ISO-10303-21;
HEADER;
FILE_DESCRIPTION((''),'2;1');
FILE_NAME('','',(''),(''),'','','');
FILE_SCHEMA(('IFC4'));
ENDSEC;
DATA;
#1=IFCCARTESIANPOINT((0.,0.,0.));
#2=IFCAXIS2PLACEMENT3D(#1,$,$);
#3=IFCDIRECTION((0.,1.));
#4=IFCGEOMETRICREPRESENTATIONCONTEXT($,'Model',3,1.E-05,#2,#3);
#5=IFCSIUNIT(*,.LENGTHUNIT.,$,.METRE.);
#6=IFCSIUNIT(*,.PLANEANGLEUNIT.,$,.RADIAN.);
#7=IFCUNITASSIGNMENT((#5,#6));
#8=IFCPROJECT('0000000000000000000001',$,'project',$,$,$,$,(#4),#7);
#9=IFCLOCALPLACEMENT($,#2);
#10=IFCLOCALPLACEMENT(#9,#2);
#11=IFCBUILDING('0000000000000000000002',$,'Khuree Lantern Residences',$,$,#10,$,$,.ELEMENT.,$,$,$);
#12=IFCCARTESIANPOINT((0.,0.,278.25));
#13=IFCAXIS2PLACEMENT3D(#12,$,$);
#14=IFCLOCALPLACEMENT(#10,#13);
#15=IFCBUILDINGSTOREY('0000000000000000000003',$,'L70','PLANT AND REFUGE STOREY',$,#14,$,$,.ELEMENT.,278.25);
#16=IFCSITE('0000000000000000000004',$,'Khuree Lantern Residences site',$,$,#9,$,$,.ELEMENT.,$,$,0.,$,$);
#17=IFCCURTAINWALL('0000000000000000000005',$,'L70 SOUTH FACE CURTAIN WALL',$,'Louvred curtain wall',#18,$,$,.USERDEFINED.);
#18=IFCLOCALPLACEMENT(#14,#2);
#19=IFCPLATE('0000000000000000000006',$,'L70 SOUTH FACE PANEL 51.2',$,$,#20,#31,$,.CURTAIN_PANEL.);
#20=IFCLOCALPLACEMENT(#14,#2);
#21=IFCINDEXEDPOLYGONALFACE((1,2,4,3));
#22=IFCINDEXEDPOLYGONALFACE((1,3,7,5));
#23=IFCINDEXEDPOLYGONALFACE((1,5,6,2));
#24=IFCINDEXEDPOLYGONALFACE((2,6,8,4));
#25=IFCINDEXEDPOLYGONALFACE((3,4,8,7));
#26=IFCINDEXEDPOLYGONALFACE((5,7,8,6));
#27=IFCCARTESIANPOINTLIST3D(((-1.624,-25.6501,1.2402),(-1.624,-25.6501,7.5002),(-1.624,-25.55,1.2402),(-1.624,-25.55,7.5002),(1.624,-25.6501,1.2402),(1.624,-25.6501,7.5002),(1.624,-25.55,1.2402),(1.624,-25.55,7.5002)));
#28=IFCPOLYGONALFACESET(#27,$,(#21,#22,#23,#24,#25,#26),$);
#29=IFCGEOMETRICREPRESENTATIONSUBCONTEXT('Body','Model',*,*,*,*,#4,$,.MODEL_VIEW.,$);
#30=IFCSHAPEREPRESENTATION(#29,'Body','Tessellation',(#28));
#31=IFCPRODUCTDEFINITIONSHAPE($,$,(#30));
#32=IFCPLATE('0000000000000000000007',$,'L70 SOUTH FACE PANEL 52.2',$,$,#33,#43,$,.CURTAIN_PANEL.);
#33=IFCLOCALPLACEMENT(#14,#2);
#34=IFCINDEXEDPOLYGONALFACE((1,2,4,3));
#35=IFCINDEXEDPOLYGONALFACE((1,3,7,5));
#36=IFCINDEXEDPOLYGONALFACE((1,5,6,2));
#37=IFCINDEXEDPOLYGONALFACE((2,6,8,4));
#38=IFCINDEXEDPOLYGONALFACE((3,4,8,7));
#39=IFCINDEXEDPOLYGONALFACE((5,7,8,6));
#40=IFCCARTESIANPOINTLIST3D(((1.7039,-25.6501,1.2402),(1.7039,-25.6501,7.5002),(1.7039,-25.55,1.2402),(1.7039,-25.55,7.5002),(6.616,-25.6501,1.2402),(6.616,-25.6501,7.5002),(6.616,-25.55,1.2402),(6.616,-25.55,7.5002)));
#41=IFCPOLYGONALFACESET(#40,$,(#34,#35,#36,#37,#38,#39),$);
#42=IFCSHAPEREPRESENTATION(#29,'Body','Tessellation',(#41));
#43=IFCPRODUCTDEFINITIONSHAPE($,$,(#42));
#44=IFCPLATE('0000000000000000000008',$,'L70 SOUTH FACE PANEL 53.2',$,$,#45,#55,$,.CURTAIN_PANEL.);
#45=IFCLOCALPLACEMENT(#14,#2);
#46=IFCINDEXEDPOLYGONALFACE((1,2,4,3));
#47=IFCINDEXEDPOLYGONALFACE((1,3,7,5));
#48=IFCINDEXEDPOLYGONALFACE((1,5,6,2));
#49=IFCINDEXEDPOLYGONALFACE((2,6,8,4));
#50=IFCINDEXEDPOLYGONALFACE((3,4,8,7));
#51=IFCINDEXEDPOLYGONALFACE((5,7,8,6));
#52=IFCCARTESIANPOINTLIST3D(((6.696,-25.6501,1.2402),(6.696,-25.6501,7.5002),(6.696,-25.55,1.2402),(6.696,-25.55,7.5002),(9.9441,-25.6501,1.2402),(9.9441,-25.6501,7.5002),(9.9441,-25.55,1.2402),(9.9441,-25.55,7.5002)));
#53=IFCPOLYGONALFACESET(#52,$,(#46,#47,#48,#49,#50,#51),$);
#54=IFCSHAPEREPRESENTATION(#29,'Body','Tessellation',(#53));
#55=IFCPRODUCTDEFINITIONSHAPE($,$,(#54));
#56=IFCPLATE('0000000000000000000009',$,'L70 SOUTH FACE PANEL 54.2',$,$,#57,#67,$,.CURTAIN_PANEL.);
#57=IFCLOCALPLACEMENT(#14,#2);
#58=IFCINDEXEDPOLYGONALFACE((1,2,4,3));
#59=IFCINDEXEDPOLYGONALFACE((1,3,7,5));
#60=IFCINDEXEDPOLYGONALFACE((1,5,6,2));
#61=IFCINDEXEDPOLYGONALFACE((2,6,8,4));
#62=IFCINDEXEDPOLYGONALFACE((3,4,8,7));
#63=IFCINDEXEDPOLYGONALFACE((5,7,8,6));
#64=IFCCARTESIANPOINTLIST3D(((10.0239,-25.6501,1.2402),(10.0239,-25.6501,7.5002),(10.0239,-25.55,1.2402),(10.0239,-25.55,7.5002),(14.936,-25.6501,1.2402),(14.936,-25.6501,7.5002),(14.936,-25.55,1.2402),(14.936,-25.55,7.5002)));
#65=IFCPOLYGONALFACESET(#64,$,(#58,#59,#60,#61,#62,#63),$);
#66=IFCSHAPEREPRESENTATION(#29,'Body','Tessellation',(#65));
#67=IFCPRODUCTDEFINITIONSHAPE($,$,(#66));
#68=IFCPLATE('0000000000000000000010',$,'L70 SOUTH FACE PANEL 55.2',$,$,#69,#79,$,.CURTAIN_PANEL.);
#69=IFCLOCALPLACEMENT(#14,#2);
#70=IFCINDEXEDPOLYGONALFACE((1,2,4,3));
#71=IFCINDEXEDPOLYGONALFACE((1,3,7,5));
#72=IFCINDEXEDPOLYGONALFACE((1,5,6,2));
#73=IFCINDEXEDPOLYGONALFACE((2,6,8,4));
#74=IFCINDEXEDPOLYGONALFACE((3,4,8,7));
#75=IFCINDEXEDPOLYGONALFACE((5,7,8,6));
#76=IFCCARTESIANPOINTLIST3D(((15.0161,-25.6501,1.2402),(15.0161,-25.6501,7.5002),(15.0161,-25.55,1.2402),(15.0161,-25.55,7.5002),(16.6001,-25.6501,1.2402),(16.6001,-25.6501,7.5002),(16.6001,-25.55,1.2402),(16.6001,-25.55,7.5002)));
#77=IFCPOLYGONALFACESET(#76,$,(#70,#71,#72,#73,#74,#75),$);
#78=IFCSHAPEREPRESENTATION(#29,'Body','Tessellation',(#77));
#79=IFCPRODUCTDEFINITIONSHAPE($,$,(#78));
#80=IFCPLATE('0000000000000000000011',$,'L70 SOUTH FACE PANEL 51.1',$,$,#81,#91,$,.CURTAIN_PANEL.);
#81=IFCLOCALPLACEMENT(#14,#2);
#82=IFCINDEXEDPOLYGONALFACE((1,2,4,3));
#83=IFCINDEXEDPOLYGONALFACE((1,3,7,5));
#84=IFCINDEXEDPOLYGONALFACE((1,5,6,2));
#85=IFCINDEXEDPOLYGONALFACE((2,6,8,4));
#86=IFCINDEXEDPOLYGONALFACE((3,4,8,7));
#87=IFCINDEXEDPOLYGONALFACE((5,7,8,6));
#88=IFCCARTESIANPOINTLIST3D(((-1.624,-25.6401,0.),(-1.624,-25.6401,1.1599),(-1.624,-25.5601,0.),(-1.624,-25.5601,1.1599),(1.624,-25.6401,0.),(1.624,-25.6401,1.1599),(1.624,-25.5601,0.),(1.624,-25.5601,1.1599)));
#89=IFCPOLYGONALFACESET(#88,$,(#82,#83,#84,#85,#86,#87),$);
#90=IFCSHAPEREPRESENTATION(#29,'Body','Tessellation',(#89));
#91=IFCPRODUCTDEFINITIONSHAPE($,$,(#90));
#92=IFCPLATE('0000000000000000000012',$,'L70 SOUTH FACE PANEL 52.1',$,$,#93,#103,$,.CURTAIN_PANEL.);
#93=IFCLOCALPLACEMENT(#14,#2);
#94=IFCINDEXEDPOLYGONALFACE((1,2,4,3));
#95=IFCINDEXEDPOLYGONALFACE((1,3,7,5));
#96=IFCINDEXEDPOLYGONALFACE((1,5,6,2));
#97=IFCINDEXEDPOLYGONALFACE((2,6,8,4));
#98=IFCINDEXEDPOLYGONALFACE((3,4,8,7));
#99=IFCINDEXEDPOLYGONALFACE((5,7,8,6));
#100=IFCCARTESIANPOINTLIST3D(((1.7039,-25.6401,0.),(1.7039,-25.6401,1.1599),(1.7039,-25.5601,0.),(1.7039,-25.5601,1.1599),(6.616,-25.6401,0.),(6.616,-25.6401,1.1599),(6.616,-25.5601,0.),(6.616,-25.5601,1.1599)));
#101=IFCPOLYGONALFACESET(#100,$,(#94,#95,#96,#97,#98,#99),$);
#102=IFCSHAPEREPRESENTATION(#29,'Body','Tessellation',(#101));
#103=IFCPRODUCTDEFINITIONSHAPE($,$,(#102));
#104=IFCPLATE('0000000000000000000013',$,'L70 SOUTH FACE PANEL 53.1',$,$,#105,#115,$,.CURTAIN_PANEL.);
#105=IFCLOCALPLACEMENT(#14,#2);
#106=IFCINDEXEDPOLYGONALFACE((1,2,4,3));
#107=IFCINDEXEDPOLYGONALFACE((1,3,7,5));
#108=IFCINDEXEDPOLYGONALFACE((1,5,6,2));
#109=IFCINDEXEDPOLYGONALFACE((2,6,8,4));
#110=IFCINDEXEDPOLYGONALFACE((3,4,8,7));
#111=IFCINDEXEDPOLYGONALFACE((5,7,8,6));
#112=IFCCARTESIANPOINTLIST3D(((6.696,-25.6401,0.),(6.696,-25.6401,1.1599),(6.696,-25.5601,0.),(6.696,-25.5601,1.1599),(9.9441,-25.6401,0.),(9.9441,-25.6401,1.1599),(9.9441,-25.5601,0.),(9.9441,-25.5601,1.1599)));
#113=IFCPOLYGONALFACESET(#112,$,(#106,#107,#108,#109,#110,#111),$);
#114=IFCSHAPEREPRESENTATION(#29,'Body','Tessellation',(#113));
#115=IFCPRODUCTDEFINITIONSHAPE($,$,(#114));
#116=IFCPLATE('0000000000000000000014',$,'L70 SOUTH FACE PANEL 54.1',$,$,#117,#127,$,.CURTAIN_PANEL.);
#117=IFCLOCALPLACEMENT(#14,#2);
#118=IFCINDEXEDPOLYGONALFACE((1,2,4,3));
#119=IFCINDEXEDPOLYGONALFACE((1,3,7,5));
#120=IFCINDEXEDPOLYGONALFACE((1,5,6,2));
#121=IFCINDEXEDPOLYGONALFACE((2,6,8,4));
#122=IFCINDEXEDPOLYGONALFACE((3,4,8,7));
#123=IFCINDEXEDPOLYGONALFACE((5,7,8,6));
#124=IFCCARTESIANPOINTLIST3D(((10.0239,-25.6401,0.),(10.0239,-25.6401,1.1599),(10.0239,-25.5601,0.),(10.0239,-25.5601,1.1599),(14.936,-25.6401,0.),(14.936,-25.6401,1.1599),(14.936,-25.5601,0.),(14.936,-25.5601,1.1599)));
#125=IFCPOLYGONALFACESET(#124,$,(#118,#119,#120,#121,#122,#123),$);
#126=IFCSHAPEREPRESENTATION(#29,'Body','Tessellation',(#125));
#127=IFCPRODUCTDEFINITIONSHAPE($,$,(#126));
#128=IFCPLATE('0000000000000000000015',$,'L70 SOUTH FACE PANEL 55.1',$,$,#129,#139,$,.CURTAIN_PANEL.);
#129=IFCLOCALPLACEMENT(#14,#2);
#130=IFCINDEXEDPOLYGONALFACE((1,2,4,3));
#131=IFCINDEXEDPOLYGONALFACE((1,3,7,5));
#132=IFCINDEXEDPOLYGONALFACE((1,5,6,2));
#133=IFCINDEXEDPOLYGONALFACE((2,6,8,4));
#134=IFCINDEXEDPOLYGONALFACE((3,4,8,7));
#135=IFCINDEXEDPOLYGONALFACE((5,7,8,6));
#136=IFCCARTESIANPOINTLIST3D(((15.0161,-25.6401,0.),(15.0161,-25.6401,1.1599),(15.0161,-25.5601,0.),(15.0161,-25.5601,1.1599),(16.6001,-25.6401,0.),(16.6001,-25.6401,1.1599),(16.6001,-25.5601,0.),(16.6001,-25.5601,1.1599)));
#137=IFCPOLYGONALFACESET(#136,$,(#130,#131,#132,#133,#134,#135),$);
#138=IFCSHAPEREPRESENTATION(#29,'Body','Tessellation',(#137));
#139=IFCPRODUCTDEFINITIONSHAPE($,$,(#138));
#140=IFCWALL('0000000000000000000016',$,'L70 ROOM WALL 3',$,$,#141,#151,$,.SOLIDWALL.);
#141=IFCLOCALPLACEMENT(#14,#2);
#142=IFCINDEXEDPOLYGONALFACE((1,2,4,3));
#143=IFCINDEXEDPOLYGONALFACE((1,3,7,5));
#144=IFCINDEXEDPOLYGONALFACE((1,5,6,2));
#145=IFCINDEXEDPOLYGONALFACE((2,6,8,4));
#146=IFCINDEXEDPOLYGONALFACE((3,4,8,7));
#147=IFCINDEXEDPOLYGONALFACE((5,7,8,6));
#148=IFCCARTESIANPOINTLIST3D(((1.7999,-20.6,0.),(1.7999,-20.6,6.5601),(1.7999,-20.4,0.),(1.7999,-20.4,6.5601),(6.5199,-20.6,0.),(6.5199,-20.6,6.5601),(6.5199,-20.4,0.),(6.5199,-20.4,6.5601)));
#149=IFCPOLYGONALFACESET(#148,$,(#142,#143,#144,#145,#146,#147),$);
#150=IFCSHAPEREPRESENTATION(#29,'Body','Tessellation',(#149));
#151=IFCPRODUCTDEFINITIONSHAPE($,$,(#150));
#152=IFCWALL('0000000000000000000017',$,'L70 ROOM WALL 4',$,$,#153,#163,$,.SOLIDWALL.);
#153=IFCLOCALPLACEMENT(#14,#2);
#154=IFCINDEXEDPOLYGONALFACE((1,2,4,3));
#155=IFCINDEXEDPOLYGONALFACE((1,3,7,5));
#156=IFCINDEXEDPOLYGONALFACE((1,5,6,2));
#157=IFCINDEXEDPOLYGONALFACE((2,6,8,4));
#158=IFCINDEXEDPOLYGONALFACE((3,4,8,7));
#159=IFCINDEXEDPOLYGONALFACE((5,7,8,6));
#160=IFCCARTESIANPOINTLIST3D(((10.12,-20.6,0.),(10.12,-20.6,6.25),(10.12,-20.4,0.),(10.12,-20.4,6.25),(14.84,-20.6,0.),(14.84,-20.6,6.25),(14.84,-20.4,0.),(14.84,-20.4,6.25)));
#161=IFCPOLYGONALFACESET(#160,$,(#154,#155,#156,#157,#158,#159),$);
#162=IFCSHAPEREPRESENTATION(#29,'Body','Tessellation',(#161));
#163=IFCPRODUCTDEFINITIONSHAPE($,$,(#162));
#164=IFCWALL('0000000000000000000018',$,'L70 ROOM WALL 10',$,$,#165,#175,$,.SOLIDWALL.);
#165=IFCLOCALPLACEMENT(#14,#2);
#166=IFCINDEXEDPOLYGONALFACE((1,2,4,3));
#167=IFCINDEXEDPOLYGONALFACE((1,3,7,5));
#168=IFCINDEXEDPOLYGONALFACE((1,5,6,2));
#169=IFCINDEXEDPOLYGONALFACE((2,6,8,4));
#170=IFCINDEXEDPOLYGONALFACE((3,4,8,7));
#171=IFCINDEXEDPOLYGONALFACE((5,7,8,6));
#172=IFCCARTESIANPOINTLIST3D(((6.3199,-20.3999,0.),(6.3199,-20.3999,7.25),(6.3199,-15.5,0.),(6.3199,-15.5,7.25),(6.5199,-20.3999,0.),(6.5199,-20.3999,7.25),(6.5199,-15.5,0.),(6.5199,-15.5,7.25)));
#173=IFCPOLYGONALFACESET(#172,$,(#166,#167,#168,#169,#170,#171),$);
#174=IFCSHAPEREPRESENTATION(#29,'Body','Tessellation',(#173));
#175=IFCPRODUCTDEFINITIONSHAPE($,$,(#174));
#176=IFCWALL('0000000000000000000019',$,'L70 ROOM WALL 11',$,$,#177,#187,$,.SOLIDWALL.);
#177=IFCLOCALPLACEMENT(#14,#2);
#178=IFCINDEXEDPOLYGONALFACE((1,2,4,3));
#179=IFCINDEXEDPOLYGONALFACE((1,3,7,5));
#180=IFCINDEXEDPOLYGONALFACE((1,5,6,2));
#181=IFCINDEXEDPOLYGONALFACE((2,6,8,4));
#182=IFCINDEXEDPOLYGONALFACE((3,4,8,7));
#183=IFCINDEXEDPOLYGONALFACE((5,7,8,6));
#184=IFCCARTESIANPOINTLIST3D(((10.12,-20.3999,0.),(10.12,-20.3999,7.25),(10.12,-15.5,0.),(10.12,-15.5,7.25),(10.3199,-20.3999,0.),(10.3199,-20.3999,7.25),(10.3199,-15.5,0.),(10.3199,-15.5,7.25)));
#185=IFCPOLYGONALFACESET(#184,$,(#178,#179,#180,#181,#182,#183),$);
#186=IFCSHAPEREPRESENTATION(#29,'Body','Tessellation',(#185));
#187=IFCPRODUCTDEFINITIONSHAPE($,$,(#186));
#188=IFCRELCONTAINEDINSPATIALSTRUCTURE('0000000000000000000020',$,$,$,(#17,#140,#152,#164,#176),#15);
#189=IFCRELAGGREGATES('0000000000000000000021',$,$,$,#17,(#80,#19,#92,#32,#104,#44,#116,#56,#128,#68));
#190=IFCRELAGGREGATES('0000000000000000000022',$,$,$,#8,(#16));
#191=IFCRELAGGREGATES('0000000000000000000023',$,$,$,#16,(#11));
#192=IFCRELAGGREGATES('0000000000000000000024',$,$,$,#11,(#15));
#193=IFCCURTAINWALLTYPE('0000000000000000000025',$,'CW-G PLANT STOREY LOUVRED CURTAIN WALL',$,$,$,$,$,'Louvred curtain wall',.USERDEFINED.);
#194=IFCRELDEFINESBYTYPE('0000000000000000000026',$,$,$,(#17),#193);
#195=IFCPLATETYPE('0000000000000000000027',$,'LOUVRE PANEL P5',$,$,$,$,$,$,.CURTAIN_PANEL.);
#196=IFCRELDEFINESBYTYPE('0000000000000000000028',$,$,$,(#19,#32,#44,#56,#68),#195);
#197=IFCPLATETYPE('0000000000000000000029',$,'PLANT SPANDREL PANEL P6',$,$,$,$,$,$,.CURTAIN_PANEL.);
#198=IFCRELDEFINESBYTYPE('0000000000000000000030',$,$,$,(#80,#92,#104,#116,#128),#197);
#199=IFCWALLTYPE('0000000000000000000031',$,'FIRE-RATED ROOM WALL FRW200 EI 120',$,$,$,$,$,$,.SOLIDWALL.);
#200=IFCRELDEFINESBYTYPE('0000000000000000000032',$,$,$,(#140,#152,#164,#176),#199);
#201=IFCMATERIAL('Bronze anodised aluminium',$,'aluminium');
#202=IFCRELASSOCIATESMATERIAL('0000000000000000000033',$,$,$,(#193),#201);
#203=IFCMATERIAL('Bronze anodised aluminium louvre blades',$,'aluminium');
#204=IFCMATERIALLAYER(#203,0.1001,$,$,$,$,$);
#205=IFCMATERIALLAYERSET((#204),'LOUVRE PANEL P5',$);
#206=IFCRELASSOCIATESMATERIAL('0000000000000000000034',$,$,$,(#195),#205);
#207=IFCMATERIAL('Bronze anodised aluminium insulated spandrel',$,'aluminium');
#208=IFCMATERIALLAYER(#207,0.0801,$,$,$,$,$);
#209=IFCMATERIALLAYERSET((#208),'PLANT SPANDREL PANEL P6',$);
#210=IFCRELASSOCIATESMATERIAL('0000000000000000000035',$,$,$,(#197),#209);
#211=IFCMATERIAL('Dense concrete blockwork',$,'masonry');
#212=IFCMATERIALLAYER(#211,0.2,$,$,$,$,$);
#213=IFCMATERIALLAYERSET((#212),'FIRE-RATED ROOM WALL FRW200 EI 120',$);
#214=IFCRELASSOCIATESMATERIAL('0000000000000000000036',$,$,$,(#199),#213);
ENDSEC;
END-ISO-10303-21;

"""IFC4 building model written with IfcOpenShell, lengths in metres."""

from ifc_helpers import new_model, si_unit, direction, frame, frame_2d, origin, origin_2d, place, context, subcontext, project, spatial, rectangle, extrude, material, layer, layer_set, type_object, element, aggregate, save


model = new_model("IFC4")

# Units and contexts
model_context = context("Model", 3, precision=1e-05, world=origin(), true_north=direction((0.0, 1.0)))
body_context = subcontext(model_context, "Body", "Model", "MODEL_VIEW")
ifc_project = project(units=[si_unit("LENGTHUNIT", "METRE"), si_unit("PLANEANGLEUNIT", "RADIAN")], contexts=[model_context])

# Site, building, storey
site_placement = place(None, origin())
site = spatial("IfcSite", under=ifc_project, at=site_placement, Name="Khuree Lantern Residences site", CompositionType="ELEMENT", RefElevation=0.0)
building_placement = place(site_placement, origin())
building = spatial("IfcBuilding", under=site, at=building_placement, Name="Khuree Lantern Residences", CompositionType="ELEMENT")
storey_placement = place(building_placement, frame((0.0, 0.0, 278.25)))
storey = spatial("IfcBuildingStorey", under=building, at=storey_placement, Name="L70", Description="PLANT AND REFUGE STOREY", CompositionType="ELEMENT", Elevation=278.25)

# Curtain wall
ifc_material_1 = material(Name="Bronze anodised aluminium", Category="aluminium")
curtain_wall_type = type_object("IfcCurtainWallType", Name="CW-G PLANT STOREY LOUVRED CURTAIN WALL", ElementType="Louvred curtain wall", PredefinedType="USERDEFINED", material=ifc_material_1)
curtain_wall_placement = place(storey_placement, origin())
curtain_wall = element("IfcCurtainWall", 1, at=curtain_wall_placement, inside=storey, type_object=curtain_wall_type, Name="L70 SOUTH FACE CURTAIN WALL", ObjectType="Louvred curtain wall", PredefinedType="USERDEFINED")

# Plates
ifc_material_2 = material(Name="Bronze anodised aluminium louvre blades", Category="aluminium")
ifc_layer_1 = layer(ifc_material_2, 0.1001)
ifc_layer_set_1 = layer_set([ifc_layer_1], Name="LOUVRE PANEL P5")
plate_type_1 = type_object("IfcPlateType", Name="LOUVRE PANEL P5", PredefinedType="CURTAIN_PANEL", material=ifc_layer_set_1)
plate_1_placement = place(storey_placement, frame((0.0, -25.6001, 1.2402), z_axis=(0.0, 0.0, 1.0), x_axis=(1.0, 0.0, 0.0)))
plate_1 = element("IfcPlate", 2, at=plate_1_placement, type_object=plate_type_1, Name="L70 SOUTH FACE PANEL 51.2", PredefinedType="CURTAIN_PANEL", context=body_context, shape_type="SweptSolid", body=[
    extrude(rectangle(XDim=3.248, YDim=0.1001, at=origin_2d()), origin(), (0.0, 0.0, 1.0), 6.26),
])
plate_2_placement = place(storey_placement, frame((4.1599, -25.6001, 1.2402), z_axis=(0.0, 0.0, 1.0), x_axis=(1.0, 0.0, 0.0)))
plate_2 = element("IfcPlate", 3, at=plate_2_placement, type_object=plate_type_1, Name="L70 SOUTH FACE PANEL 52.2", PredefinedType="CURTAIN_PANEL", context=body_context, shape_type="SweptSolid", body=[
    extrude(rectangle(XDim=4.9121, YDim=0.1001, at=origin_2d()), origin(), (0.0, 0.0, 1.0), 6.26),
])
plate_3_placement = place(storey_placement, frame((8.3201, -25.6001, 1.2402), z_axis=(0.0, 0.0, 1.0), x_axis=(1.0, 0.0, 0.0)))
plate_3 = element("IfcPlate", 4, at=plate_3_placement, type_object=plate_type_1, Name="L70 SOUTH FACE PANEL 53.2", PredefinedType="CURTAIN_PANEL", context=body_context, shape_type="SweptSolid", body=[
    extrude(rectangle(XDim=3.248, YDim=0.1001, at=origin_2d()), origin(), (0.0, 0.0, 1.0), 6.26),
])
plate_4_placement = place(storey_placement, frame((12.48, -25.6001, 1.2402), z_axis=(0.0, 0.0, 1.0), x_axis=(1.0, 0.0, 0.0)))
plate_4 = element("IfcPlate", 5, at=plate_4_placement, type_object=plate_type_1, Name="L70 SOUTH FACE PANEL 54.2", PredefinedType="CURTAIN_PANEL", context=body_context, shape_type="SweptSolid", body=[
    extrude(rectangle(XDim=4.9121, YDim=0.1001, at=origin_2d()), origin(), (0.0, 0.0, 1.0), 6.26),
])
plate_5_placement = place(storey_placement, frame((15.8081, -25.6001, 1.2402), z_axis=(0.0, 0.0, 1.0), x_axis=(1.0, 0.0, 0.0)))
plate_5 = element("IfcPlate", 6, at=plate_5_placement, type_object=plate_type_1, Name="L70 SOUTH FACE PANEL 55.2", PredefinedType="CURTAIN_PANEL", context=body_context, shape_type="SweptSolid", body=[
    extrude(rectangle(XDim=1.584, YDim=0.1001, at=origin_2d()), origin(), (0.0, 0.0, 1.0), 6.26),
])
ifc_material_3 = material(Name="Bronze anodised aluminium insulated spandrel", Category="aluminium")
ifc_layer_2 = layer(ifc_material_3, 0.0801)
ifc_layer_set_2 = layer_set([ifc_layer_2], Name="PLANT SPANDREL PANEL P6")
plate_type_2 = type_object("IfcPlateType", Name="PLANT SPANDREL PANEL P6", PredefinedType="CURTAIN_PANEL", material=ifc_layer_set_2)
plate_6_placement = place(storey_placement, frame((0.0, -25.6001, 0.0), z_axis=(0.0, 0.0, 1.0), x_axis=(1.0, 0.0, 0.0)))
plate_6 = element("IfcPlate", 7, at=plate_6_placement, type_object=plate_type_2, Name="L70 SOUTH FACE PANEL 51.1", PredefinedType="CURTAIN_PANEL", context=body_context, shape_type="SweptSolid", body=[
    extrude(rectangle(XDim=3.248, YDim=0.0801, at=origin_2d()), origin(), (0.0, 0.0, 1.0), 1.1599),
])
plate_7_placement = place(storey_placement, frame((4.1599, -25.6001, 0.0), z_axis=(0.0, 0.0, 1.0), x_axis=(1.0, 0.0, 0.0)))
plate_7 = element("IfcPlate", 8, at=plate_7_placement, type_object=plate_type_2, Name="L70 SOUTH FACE PANEL 52.1", PredefinedType="CURTAIN_PANEL", context=body_context, shape_type="SweptSolid", body=[
    extrude(rectangle(XDim=4.9121, YDim=0.0801, at=origin_2d()), origin(), (0.0, 0.0, 1.0), 1.1599),
])
plate_8_placement = place(storey_placement, frame((8.3201, -25.6001, 0.0), z_axis=(0.0, 0.0, 1.0), x_axis=(1.0, 0.0, 0.0)))
plate_8 = element("IfcPlate", 9, at=plate_8_placement, type_object=plate_type_2, Name="L70 SOUTH FACE PANEL 53.1", PredefinedType="CURTAIN_PANEL", context=body_context, shape_type="SweptSolid", body=[
    extrude(rectangle(XDim=3.248, YDim=0.0801, at=origin_2d()), origin(), (0.0, 0.0, 1.0), 1.1599),
])
plate_9_placement = place(storey_placement, frame((12.48, -25.6001, 0.0), z_axis=(0.0, 0.0, 1.0), x_axis=(1.0, 0.0, 0.0)))
plate_9 = element("IfcPlate", 10, at=plate_9_placement, type_object=plate_type_2, Name="L70 SOUTH FACE PANEL 54.1", PredefinedType="CURTAIN_PANEL", context=body_context, shape_type="SweptSolid", body=[
    extrude(rectangle(XDim=4.9121, YDim=0.0801, at=origin_2d()), origin(), (0.0, 0.0, 1.0), 1.1599),
])
plate_10_placement = place(storey_placement, frame((15.8081, -25.6001, 0.0), z_axis=(0.0, 0.0, 1.0), x_axis=(1.0, 0.0, 0.0)))
plate_10 = element("IfcPlate", 11, at=plate_10_placement, type_object=plate_type_2, Name="L70 SOUTH FACE PANEL 55.1", PredefinedType="CURTAIN_PANEL", context=body_context, shape_type="SweptSolid", body=[
    extrude(rectangle(XDim=1.584, YDim=0.0801, at=origin_2d()), origin(), (0.0, 0.0, 1.0), 1.1599),
])
aggregate(curtain_wall, [plate_6, plate_1, plate_7, plate_2, plate_8, plate_3, plate_9, plate_4, plate_10, plate_5])

# Walls
ifc_material_4 = material(Name="Dense concrete blockwork", Category="masonry")
ifc_layer_3 = layer(ifc_material_4, 0.2)
ifc_layer_set_3 = layer_set([ifc_layer_3], Name="FIRE-RATED ROOM WALL FRW200 EI 120")
wall_type = type_object("IfcWallType", Name="FIRE-RATED ROOM WALL FRW200 EI 120", PredefinedType="SOLIDWALL", material=ifc_layer_set_3)
wall_1_placement = place(storey_placement, frame((1.8, -20.5, 0.0), z_axis=(0.0, 0.0, 1.0), x_axis=(1.0, 0.0, 0.0)))
element("IfcWall", 12, at=wall_1_placement, inside=storey, type_object=wall_type, Name="L70 ROOM WALL 3", PredefinedType="SOLIDWALL", context=body_context, shape_type="SweptSolid", body=[
    extrude(rectangle(XDim=4.72, YDim=0.2, at=frame_2d((2.3599, 0.0))), origin(), (0.0, 0.0, 1.0), 6.5601),
])
wall_2_placement = place(storey_placement, frame((10.1201, -20.5, 0.0), z_axis=(0.0, 0.0, 1.0), x_axis=(1.0, 0.0, 0.0)))
element("IfcWall", 13, at=wall_2_placement, inside=storey, type_object=wall_type, Name="L70 ROOM WALL 4", PredefinedType="SOLIDWALL", context=body_context, shape_type="SweptSolid", body=[
    extrude(rectangle(XDim=4.72, YDim=0.2, at=frame_2d((2.3599, 0.0))), origin(), (0.0, 0.0, 1.0), 6.25),
])

# Walls
for number, where, z_axis, x_axis, name in (
    (14, (6.4199, -20.3999, 0.0), (0.0, 0.0, 1.0), (0.0, 1.0, 0.0), "L70 ROOM WALL 10"),
    (15, (10.22, -20.3999, 0.0), (0.0, 0.0, 1.0), (0.0, 1.0, 0.0), "L70 ROOM WALL 11"),
):
    element("IfcWall", number, at=place(storey_placement, frame(where, z_axis=z_axis, x_axis=x_axis)), inside=storey, type_object=wall_type, Name=name, PredefinedType="SOLIDWALL", context=body_context, shape_type="SweptSolid", body=[
        extrude(rectangle(XDim=4.8999, YDim=0.2, at=frame_2d((2.45, 0.0))), origin(), (0.0, 0.0, 1.0), 7.25),
    ])

save(model, "model.ifc")
